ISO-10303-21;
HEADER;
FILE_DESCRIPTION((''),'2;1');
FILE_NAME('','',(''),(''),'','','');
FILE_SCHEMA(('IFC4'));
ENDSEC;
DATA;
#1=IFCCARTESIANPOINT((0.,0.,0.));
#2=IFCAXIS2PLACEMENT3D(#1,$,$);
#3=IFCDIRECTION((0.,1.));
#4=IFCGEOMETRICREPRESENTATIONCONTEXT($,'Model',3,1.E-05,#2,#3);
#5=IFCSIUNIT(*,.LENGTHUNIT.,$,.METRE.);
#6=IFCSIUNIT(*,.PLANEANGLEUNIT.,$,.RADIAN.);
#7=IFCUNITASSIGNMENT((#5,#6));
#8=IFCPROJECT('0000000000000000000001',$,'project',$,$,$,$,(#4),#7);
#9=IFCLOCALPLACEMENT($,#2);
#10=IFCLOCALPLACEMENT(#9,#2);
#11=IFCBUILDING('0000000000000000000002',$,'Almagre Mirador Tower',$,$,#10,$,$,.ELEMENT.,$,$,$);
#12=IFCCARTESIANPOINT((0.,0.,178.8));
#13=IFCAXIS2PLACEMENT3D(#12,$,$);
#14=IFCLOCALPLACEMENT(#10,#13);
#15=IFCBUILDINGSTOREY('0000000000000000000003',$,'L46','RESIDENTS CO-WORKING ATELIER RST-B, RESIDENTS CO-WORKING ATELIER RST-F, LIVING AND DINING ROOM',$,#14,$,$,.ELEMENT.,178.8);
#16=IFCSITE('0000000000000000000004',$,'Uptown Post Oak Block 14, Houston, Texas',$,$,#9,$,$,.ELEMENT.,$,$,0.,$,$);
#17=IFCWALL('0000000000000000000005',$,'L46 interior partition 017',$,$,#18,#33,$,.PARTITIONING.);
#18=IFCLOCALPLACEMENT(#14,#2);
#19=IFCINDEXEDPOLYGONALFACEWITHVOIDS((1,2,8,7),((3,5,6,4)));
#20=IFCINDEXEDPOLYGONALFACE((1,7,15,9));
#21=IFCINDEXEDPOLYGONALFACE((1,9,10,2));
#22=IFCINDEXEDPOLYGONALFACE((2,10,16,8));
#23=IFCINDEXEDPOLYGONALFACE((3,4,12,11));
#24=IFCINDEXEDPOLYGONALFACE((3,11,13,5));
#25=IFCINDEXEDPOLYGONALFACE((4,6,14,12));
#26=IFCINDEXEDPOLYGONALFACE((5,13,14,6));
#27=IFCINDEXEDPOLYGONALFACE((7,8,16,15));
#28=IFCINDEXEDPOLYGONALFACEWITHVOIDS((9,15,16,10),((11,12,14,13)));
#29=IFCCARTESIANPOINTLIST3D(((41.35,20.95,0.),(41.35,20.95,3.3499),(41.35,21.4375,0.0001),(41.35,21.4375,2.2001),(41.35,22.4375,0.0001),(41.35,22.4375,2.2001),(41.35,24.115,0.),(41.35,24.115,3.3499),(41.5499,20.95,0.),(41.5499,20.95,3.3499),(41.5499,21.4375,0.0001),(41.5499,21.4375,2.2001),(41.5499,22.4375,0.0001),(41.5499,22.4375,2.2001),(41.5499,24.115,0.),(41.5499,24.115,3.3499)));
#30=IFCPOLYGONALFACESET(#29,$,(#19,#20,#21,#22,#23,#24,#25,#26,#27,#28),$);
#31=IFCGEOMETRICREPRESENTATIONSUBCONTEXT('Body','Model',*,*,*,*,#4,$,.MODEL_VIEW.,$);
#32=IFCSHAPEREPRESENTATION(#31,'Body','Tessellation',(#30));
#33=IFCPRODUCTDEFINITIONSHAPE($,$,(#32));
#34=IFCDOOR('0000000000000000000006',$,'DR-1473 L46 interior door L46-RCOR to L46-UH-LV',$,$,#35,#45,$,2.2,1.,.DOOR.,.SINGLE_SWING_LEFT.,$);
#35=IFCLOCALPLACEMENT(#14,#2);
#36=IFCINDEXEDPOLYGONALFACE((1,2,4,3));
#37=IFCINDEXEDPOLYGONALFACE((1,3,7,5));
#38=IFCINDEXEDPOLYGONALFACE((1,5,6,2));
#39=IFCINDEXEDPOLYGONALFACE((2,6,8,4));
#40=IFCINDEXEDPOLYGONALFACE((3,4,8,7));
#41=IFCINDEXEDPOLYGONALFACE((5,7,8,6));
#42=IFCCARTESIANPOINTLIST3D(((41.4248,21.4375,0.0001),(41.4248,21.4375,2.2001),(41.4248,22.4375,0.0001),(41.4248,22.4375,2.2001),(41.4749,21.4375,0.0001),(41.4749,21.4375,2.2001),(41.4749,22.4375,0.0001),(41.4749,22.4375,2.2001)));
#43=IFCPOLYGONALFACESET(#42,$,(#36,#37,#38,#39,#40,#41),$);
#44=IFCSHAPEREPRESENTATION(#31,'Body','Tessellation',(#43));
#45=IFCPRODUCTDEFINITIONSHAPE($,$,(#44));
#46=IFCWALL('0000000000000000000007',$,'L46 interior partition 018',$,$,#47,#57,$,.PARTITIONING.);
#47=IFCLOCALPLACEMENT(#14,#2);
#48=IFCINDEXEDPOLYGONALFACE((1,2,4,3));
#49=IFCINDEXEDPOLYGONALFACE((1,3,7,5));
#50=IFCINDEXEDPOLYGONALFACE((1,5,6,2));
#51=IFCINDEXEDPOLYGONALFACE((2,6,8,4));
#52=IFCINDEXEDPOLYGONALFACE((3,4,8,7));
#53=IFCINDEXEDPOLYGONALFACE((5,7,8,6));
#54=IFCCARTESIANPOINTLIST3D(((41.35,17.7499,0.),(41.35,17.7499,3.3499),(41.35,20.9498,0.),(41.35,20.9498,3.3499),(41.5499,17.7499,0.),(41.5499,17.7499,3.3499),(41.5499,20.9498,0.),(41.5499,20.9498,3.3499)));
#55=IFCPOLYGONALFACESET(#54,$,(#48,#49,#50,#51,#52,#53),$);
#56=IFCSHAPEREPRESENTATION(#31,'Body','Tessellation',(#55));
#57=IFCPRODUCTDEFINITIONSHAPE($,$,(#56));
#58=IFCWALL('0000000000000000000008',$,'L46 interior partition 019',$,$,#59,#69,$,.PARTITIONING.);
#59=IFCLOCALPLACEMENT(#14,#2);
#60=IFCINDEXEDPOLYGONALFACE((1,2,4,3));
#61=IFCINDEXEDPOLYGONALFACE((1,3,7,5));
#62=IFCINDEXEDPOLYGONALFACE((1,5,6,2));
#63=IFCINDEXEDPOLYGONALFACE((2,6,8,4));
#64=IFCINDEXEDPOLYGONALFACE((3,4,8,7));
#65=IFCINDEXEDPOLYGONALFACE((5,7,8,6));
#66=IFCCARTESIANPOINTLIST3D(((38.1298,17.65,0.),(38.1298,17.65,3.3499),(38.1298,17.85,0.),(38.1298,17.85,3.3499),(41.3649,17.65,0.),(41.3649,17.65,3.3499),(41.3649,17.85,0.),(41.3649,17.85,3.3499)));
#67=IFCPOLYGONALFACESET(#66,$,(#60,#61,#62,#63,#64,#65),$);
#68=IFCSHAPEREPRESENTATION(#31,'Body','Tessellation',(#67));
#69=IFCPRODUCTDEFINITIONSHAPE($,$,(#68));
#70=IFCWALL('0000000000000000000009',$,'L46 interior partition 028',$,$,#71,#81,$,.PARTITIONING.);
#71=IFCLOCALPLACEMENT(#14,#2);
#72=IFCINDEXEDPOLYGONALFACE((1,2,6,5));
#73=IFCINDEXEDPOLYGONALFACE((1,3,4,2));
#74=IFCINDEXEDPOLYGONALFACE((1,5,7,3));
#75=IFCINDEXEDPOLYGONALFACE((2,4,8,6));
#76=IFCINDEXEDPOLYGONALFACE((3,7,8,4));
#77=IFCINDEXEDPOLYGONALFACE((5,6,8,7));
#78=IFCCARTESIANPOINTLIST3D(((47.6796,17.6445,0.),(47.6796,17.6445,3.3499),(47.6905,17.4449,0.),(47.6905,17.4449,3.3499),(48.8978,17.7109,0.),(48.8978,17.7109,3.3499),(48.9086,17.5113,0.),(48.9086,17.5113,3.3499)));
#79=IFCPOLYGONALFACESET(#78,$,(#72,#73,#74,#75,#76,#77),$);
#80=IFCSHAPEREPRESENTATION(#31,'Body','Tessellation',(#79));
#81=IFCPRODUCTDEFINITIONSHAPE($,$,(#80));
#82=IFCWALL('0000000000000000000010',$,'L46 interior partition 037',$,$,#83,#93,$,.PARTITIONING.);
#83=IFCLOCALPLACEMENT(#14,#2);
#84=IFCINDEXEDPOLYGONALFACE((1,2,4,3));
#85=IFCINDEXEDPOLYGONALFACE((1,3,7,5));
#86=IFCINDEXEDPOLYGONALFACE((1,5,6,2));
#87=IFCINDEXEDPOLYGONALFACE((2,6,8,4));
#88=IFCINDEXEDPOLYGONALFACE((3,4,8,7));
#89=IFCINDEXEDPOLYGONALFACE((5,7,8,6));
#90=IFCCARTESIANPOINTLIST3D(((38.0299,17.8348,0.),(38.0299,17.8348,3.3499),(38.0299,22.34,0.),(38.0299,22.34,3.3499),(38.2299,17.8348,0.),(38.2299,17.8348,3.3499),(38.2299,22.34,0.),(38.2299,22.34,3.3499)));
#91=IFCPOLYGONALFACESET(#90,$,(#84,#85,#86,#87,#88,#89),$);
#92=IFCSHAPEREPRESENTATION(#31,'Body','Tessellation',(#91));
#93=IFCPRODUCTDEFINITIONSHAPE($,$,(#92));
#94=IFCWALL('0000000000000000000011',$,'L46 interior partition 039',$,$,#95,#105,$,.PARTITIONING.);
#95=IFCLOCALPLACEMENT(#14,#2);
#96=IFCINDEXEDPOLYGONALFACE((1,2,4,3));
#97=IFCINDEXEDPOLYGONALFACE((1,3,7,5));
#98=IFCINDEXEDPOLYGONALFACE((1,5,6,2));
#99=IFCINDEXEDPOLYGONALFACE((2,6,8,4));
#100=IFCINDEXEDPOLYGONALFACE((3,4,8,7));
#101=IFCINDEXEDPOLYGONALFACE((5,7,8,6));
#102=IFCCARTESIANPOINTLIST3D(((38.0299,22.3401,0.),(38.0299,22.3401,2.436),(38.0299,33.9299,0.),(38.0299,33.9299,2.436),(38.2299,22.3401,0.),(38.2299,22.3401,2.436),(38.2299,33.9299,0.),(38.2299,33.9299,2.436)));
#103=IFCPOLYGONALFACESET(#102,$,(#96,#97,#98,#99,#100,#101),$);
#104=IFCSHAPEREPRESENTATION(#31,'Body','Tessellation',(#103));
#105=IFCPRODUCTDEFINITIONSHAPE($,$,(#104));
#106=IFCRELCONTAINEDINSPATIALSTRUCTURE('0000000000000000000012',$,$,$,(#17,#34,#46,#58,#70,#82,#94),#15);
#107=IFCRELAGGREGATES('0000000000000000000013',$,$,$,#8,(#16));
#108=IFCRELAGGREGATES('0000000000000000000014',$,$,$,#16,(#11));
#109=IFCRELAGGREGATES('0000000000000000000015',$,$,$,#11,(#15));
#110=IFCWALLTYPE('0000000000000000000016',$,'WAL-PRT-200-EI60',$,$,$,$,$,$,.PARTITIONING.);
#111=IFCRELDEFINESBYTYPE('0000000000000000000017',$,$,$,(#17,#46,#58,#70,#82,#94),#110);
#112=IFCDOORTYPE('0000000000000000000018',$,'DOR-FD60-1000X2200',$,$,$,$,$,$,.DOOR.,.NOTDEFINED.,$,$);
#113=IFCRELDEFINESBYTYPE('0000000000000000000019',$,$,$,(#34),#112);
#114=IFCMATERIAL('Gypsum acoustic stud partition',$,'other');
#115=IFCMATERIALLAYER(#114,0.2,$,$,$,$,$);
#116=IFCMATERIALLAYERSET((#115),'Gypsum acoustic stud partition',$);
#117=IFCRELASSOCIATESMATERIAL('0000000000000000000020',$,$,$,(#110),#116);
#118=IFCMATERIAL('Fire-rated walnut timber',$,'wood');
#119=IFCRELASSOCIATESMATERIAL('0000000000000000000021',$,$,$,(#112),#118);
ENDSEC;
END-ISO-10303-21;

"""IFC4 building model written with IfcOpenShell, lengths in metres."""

from ifc_helpers import new_model, si_unit, direction, frame, frame_2d, origin, place, context, subcontext, project, spatial, rectangle, extrude, material, layer, layer_set, type_object, element, fill, save


model = new_model("IFC4")

# Units and contexts
model_context = context("Model", 3, precision=1e-05, world=origin(), true_north=direction((0.0, 1.0)))
body_context = subcontext(model_context, "Body", "Model", "MODEL_VIEW")
ifc_project = project(units=[si_unit("LENGTHUNIT", "METRE"), si_unit("PLANEANGLEUNIT", "RADIAN")], contexts=[model_context])

# Site, building, storey
site_placement = place(None, origin())
site = spatial("IfcSite", under=ifc_project, at=site_placement, Name="Uptown Post Oak Block 14, Houston, Texas", CompositionType="ELEMENT", RefElevation=0.0)
building_placement = place(site_placement, origin())
building = spatial("IfcBuilding", under=site, at=building_placement, Name="Almagre Mirador Tower", CompositionType="ELEMENT")
storey_placement = place(building_placement, frame((0.0, 0.0, 178.8)))
storey = spatial("IfcBuildingStorey", under=building, at=storey_placement, Name="L46", Description="RESIDENTS CO-WORKING ATELIER RST-B, RESIDENTS CO-WORKING ATELIER RST-F, LIVING AND DINING ROOM", CompositionType="ELEMENT", Elevation=178.8)

# Shared definitions
ifc_material_1 = material(Name="Gypsum acoustic stud partition", Category="other")
ifc_layer_1 = layer(ifc_material_1, 0.2)
ifc_layer_set_1 = layer_set([ifc_layer_1], Name="Gypsum acoustic stud partition")
wall_type_1 = type_object("IfcWallType", Name="WAL-PRT-200-EI60", PredefinedType="PARTITIONING", material=ifc_layer_set_1)
ifc_material_2 = material(Name="Fire-rated walnut timber", Category="wood")
door_type_1 = type_object("IfcDoorType", Name="DOR-FD60-1000X2200", OperationType="NOTDEFINED", PredefinedType="DOOR", material=ifc_material_2)

# Wall, opening, door
wall_1_placement = place(storey_placement, frame((41.45, 24.115, 0.0), z_axis=(0.0, 0.0, 1.0), x_axis=(0.0, -1.0, 0.0)))
wall_1 = element("IfcWall", 1, at=wall_1_placement, inside=storey, type_object=wall_type_1, Name="L46 interior partition 017", PredefinedType="PARTITIONING", context=body_context, shape_type="SweptSolid", body=[
    extrude(rectangle(XDim=3.165, YDim=0.2, at=frame_2d((1.5825, 0.0))), origin(), (0.0, 0.0, 1.0), 3.3499),
])
opening_1_placement = place(wall_1_placement, frame((1.6775, 0.0, 0.0)))
opening_1 = element("IfcOpeningElement", 2, at=opening_1_placement, cuts=wall_1, PredefinedType="OPENING", context=body_context, shape_type="SweptSolid", body=[
    extrude(rectangle(XDim=1.0, YDim=2.2, at=frame_2d((0.5, 1.1001))), frame((0.0, 0.1101, 0.0), z_axis=(0.0, -1.0, 0.0), x_axis=(1.0, 0.0, 0.0)), (0.0, 0.0, 1.0), 0.22),
])
door_1_placement = place(opening_1_placement, origin())
door_1 = element("IfcDoor", 3, at=door_1_placement, inside=storey, type_object=door_type_1, Name="DR-1473 L46 interior door L46-RCOR to L46-UH-LV", OperationType="SINGLE_SWING_LEFT", OverallHeight=2.2, OverallWidth=1.0, PredefinedType="DOOR", context=body_context, shape_type="SweptSolid", body=[
    extrude(rectangle(XDim=1.0, YDim=2.2, at=frame_2d((0.5, 1.1001))), frame((0.0, 0.0249, 0.0), z_axis=(0.0, -1.0, 0.0), x_axis=(1.0, 0.0, 0.0)), (0.0, 0.0, 1.0), 0.05),
])
fill(opening_1, door_1)

# Walls
wall_2_placement = place(storey_placement, frame((41.45, 20.95, 0.0), z_axis=(0.0, 0.0, 1.0), x_axis=(0.0, -1.0, 0.0)))
element("IfcWall", 4, at=wall_2_placement, inside=storey, type_object=wall_type_1, Name="L46 interior partition 018", PredefinedType="PARTITIONING", context=body_context, shape_type="SweptSolid", body=[
    extrude(rectangle(XDim=3.2, YDim=0.2, at=frame_2d((1.6001, 0.0))), origin(), (0.0, 0.0, 1.0), 3.3499),
])
wall_3_placement = place(storey_placement, frame((41.365, 17.75, 0.0), z_axis=(0.0, 0.0, 1.0), x_axis=(-1.0, 0.0, 0.0)))
element("IfcWall", 5, at=wall_3_placement, inside=storey, type_object=wall_type_1, Name="L46 interior partition 019", PredefinedType="PARTITIONING", context=body_context, shape_type="SweptSolid", body=[
    extrude(rectangle(XDim=3.2351, YDim=0.2, at=frame_2d((1.6177, 0.0))), origin(), (0.0, 0.0, 1.0), 3.3499),
])
wall_4_placement = place(storey_placement, frame((48.9031, 17.6111, 0.0), z_axis=(0.0, 0.0, 1.0), x_axis=(-0.998518, -0.054428, 0.0)))
element("IfcWall", 6, at=wall_4_placement, inside=storey, type_object=wall_type_1, Name="L46 interior partition 028", PredefinedType="PARTITIONING", context=body_context, shape_type="SweptSolid", body=[
    extrude(rectangle(XDim=1.22, YDim=0.2, at=frame_2d((0.6099, 0.0))), origin(), (0.0, 0.0, 1.0), 3.3499),
])
wall_5_placement = place(storey_placement, frame((38.1299, 17.835, 0.0), z_axis=(0.0, 0.0, 1.0), x_axis=(0.0, 1.0, 0.0)))
element("IfcWall", 7, at=wall_5_placement, inside=storey, type_object=wall_type_1, Name="L46 interior partition 037", PredefinedType="PARTITIONING", context=body_context, shape_type="SweptSolid", body=[
    extrude(rectangle(XDim=4.5051, YDim=0.2, at=frame_2d((2.2524, 0.0))), origin(), (0.0, 0.0, 1.0), 3.3499),
])
wall_6_placement = place(storey_placement, frame((38.1299, 22.3401, 0.0), z_axis=(0.0, 0.0, 1.0), x_axis=(0.0, 1.0, 0.0)))
element("IfcWall", 8, at=wall_6_placement, inside=storey, type_object=wall_type_1, Name="L46 interior partition 039", PredefinedType="PARTITIONING", context=body_context, shape_type="SweptSolid", body=[
    extrude(rectangle(XDim=11.5898, YDim=0.2, at=frame_2d((5.7949, 0.0))), origin(), (0.0, 0.0, 1.0), 2.436),
])

save(model, "model.ifc")
